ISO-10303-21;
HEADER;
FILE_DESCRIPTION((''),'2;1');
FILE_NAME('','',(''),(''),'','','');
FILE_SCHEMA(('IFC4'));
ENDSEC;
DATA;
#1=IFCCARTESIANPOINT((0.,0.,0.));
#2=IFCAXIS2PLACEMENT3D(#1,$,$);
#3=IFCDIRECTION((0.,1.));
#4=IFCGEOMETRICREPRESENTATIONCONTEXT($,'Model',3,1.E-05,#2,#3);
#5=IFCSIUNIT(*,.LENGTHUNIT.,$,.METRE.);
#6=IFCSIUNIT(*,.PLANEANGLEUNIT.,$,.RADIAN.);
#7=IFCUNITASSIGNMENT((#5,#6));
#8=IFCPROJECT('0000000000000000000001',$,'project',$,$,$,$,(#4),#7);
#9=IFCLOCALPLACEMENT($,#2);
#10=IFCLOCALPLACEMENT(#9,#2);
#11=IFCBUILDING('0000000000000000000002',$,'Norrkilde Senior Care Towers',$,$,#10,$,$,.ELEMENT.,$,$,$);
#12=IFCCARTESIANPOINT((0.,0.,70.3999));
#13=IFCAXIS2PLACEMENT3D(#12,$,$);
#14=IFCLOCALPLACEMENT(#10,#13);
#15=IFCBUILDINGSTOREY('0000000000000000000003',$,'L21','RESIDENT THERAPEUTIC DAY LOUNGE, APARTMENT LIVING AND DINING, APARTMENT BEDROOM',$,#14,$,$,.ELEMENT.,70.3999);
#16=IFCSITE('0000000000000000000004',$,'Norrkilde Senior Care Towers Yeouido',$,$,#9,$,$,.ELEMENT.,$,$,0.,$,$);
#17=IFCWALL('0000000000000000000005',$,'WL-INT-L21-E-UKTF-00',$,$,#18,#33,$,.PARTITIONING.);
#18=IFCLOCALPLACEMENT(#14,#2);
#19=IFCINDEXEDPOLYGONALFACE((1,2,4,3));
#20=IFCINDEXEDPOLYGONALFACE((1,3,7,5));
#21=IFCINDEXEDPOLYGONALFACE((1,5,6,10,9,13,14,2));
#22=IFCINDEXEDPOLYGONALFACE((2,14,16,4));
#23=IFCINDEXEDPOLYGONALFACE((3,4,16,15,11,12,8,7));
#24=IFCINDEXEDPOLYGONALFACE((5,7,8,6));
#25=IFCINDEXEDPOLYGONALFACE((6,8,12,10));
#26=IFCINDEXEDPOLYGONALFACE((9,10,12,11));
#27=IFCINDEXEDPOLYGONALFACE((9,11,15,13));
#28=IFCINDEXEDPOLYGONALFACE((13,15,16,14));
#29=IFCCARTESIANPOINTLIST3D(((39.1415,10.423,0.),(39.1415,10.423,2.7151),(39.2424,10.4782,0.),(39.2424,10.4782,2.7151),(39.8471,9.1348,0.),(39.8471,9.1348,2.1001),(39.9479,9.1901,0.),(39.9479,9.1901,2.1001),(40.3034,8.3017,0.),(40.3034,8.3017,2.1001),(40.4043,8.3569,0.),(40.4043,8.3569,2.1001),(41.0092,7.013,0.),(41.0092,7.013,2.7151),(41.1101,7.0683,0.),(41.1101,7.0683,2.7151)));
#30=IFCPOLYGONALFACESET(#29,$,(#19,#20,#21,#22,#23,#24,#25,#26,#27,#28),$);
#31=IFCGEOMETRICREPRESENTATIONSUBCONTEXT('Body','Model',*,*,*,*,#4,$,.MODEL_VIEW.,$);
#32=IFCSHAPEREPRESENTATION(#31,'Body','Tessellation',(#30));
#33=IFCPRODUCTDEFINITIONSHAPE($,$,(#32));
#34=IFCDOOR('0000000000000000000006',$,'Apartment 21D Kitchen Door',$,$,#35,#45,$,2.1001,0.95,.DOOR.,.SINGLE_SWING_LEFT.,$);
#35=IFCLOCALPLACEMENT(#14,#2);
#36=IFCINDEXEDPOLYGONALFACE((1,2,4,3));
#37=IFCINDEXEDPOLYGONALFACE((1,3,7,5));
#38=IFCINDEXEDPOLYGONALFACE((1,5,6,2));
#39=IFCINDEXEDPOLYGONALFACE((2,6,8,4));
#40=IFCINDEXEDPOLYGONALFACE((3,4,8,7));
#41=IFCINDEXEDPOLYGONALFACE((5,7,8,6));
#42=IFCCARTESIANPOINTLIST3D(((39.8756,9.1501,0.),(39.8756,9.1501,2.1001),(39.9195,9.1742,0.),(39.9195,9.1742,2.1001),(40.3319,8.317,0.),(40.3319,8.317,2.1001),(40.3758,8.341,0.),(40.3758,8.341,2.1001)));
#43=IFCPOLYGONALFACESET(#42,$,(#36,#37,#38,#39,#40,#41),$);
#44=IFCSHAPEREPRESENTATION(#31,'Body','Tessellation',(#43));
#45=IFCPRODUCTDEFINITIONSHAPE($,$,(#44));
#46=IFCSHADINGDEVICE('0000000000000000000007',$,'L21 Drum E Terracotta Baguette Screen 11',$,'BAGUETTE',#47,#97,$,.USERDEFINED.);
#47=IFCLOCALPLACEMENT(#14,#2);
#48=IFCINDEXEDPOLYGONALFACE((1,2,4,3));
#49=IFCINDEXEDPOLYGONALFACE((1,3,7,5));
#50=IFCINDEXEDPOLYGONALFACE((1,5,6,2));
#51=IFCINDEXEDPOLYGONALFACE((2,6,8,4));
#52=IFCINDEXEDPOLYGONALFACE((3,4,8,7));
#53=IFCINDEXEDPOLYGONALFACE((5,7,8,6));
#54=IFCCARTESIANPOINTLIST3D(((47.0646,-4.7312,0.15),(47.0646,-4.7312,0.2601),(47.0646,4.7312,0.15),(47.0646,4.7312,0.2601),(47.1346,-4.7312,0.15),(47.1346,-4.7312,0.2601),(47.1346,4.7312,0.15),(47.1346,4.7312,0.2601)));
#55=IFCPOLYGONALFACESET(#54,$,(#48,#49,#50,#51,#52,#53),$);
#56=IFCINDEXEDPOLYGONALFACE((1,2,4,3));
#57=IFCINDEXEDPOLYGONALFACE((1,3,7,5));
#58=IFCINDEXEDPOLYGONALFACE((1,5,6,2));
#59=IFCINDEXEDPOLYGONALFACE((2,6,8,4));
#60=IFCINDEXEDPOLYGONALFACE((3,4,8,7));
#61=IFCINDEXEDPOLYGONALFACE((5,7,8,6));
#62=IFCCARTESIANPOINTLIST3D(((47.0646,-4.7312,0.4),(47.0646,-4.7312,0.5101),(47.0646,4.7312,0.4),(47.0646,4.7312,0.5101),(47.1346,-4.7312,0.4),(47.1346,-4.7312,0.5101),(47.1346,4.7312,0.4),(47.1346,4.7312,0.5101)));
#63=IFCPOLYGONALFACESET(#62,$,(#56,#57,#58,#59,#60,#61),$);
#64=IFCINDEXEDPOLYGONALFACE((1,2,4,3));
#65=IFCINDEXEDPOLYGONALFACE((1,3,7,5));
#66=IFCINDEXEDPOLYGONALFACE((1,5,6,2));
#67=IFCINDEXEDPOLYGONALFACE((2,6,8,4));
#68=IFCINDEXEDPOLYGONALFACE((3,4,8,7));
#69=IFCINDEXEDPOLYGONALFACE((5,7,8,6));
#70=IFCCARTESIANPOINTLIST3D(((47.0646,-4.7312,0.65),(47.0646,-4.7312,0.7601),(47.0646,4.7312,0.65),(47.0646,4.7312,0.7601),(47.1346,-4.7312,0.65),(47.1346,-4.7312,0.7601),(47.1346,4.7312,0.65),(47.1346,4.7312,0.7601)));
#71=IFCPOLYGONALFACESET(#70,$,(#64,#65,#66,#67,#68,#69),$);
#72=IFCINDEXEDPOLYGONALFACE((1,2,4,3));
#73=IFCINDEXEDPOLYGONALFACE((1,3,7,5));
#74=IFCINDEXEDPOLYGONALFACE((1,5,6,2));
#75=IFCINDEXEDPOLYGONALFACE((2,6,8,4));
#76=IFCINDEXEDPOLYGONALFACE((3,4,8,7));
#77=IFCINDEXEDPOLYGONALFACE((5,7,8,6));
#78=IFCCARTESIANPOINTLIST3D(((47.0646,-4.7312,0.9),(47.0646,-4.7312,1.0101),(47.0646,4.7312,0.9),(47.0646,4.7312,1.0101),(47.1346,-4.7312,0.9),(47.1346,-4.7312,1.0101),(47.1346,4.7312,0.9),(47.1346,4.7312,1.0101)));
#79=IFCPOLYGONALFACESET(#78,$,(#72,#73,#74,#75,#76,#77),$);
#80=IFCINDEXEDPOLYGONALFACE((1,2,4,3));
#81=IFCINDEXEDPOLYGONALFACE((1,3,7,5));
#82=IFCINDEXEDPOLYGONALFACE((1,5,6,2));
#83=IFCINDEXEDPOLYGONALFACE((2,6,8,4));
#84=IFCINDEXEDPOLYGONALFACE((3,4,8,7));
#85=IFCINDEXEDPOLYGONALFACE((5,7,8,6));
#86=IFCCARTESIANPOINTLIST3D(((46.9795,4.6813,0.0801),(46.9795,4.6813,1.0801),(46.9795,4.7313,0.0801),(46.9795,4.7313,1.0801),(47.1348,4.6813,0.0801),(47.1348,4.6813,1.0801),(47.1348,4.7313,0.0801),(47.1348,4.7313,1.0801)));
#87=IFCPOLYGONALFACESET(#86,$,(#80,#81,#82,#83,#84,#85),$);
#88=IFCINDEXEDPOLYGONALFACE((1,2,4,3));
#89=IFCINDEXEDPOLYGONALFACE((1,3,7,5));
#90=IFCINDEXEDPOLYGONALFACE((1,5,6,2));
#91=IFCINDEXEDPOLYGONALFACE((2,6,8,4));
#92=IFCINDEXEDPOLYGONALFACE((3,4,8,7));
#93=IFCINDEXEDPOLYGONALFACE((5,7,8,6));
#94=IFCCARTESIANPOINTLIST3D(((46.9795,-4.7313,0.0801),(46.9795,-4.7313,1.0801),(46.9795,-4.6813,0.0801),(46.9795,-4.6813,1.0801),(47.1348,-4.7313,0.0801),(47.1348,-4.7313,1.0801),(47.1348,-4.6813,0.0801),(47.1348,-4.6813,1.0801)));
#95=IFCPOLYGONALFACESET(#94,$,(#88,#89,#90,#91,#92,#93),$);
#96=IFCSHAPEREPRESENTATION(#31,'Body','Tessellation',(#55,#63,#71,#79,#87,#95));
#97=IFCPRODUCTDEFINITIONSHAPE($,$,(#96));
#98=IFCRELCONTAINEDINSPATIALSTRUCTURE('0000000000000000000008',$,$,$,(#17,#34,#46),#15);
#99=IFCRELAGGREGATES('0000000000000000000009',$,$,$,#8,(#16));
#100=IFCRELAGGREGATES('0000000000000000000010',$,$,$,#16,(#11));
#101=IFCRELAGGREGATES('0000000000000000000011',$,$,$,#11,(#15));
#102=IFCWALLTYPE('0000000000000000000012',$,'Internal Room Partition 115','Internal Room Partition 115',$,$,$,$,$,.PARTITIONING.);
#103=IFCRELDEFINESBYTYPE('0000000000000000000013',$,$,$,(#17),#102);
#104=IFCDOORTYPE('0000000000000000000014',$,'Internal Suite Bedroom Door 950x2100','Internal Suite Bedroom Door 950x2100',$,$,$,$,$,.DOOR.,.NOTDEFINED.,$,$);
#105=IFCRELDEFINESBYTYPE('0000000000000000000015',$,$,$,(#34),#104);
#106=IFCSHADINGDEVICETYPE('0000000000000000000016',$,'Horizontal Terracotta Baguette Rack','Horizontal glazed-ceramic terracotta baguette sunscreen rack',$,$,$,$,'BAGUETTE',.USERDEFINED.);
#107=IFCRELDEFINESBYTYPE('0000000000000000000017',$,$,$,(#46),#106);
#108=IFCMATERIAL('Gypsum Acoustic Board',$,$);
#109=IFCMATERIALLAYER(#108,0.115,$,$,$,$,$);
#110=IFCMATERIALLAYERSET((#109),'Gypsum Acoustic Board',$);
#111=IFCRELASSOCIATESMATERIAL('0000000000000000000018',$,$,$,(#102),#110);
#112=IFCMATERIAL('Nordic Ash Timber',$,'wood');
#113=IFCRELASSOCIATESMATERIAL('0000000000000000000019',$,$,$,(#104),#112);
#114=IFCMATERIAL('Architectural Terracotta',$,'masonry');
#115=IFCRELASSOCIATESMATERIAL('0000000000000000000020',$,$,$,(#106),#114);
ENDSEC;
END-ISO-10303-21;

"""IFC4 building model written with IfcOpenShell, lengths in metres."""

from ifc_helpers import new_model, si_unit, direction, frame, frame_2d, origin, origin_2d, place, context, subcontext, project, spatial, rectangle, extrude, source, transform, mapped, material, layer, layer_set, type_object, type_shapes, element, fill, save


model = new_model("IFC4")

# Units and contexts
model_context = context("Model", 3, precision=1e-05, world=origin(), true_north=direction((0.0, 1.0)))
body_context = subcontext(model_context, "Body", "Model", "MODEL_VIEW")
ifc_project = project(units=[si_unit("LENGTHUNIT", "METRE"), si_unit("PLANEANGLEUNIT", "RADIAN")], contexts=[model_context])

# Site, building, storey
site_placement = place(None, origin())
site = spatial("IfcSite", under=ifc_project, at=site_placement, Name="Norrkilde Senior Care Towers Yeouido", CompositionType="ELEMENT", RefElevation=0.0)
building_placement = place(site_placement, origin())
building = spatial("IfcBuilding", under=site, at=building_placement, Name="Norrkilde Senior Care Towers", CompositionType="ELEMENT")
storey_placement = place(building_placement, frame((0.0, 0.0, 70.3999)))
storey = spatial("IfcBuildingStorey", under=building, at=storey_placement, Name="L21", Description="RESIDENT THERAPEUTIC DAY LOUNGE, APARTMENT LIVING AND DINING, APARTMENT BEDROOM", CompositionType="ELEMENT", Elevation=70.3999)

# Shared definitions
ifc_material_1 = material(Name="Gypsum Acoustic Board")

# Shared definitions
ifc_layer_1 = layer(ifc_material_1, 0.115)
ifc_layer_set_1 = layer_set([ifc_layer_1], Name="Gypsum Acoustic Board")
wall_type_1 = type_object("IfcWallType", Name="Internal Room Partition 115", Description="Internal Room Partition 115", PredefinedType="PARTITIONING", material=ifc_layer_set_1)
ifc_material_2 = material(Name="Nordic Ash Timber", Category="wood")
door_type_1 = type_object("IfcDoorType", Name="Internal Suite Bedroom Door 950x2100", Description="Internal Suite Bedroom Door 950x2100", OperationType="NOTDEFINED", PredefinedType="DOOR", material=ifc_material_2)
shared_shape_1 = source(origin(), body_context, "Body", "SweptSolid", [
    extrude(rectangle(XDim=0.95, YDim=2.1001, at=frame_2d((0.4751, 1.05))), frame((0.0, 0.0249, 0.0), z_axis=(0.0, -1.0, 0.0), x_axis=(1.0, 0.0, 0.0)), (0.0, 0.0, 1.0), 0.05),
])
type_shapes(door_type_1, [shared_shape_1])

# Wall, opening, door
shared_shape_2 = source(origin(), body_context, "Body", "SweptSolid", [
    extrude(rectangle(XDim=3.8879, YDim=0.115, at=frame_2d((1.9438, 0.0))), origin(), (0.0, 0.0, 1.0), 2.7151),
])
wall_1_placement = place(storey_placement, frame((41.0596, 7.0408, 0.0), z_axis=(0.0, 0.0, 1.0), x_axis=(-0.480382, 0.877059, 0.0)))
wall_1 = element("IfcWall", 1, at=wall_1_placement, inside=storey, type_object=wall_type_1, Name="WL-INT-L21-E-UKTF-00", PredefinedType="PARTITIONING", context=body_context, shape_type="MappedRepresentation", body=[
    mapped(shared_shape_2, transform((0.0, 0.0, 0.0), x_axis=(1.0, 0.0, 0.0), y_axis=(0.0, 1.0, 0.0), z_axis=(0.0, 0.0, 1.0), scale=1.0)),
])
opening_1_placement = place(wall_1_placement, frame((1.469, 0.0, 0.0)))
opening_1 = element("IfcOpeningElement", 2, at=opening_1_placement, cuts=wall_1, PredefinedType="OPENING", context=body_context, shape_type="SweptSolid", body=[
    extrude(rectangle(XDim=0.95, YDim=2.1001, at=frame_2d((0.4751, 1.05))), frame((0.0, 0.0674, 0.0), z_axis=(0.0, -1.0, 0.0), x_axis=(1.0, 0.0, 0.0)), (0.0, 0.0, 1.0), 0.135),
])
door_1_placement = place(opening_1_placement, frame((0.95, 0.0, 0.0), z_axis=(0.0, 0.0, 1.0), x_axis=(-1.0, 0.0, 0.0)))
door_1 = element("IfcDoor", 3, at=door_1_placement, inside=storey, type_object=door_type_1, Name="Apartment 21D Kitchen Door", OperationType="SINGLE_SWING_LEFT", OverallHeight=2.1001, OverallWidth=0.95, PredefinedType="DOOR", context=body_context, shape_type="MappedRepresentation", body=[
    mapped(shared_shape_1, transform((0.0, 0.0, 0.0), x_axis=(1.0, 0.0, 0.0), y_axis=(0.0, 1.0, 0.0), z_axis=(0.0, 0.0, 1.0), scale=1.0)),
])
fill(opening_1, door_1)

# Shading device
ifc_material_3 = material(Name="Architectural Terracotta", Category="masonry")
shading_device_type = type_object("IfcShadingDeviceType", Name="Horizontal Terracotta Baguette Rack", Description="Horizontal glazed-ceramic terracotta baguette sunscreen rack", ElementType="BAGUETTE", PredefinedType="USERDEFINED", material=ifc_material_3)
shared_shape_3 = source(origin(), body_context, "Body", "SweptSolid", [
    extrude(rectangle(XDim=0.0701, YDim=0.1101, at=origin_2d()), frame((0.0, 0.0901, 0.125), z_axis=(1.0, 0.0, 0.0), x_axis=(0.0, 1.0, 0.0)), (0.0, 0.0, 1.0), 9.4624),
    extrude(rectangle(XDim=0.0701, YDim=0.1101, at=origin_2d()), frame((0.0, 0.0901, 0.375), z_axis=(1.0, 0.0, 0.0), x_axis=(0.0, 1.0, 0.0)), (0.0, 0.0, 1.0), 9.4624),
    extrude(rectangle(XDim=0.0701, YDim=0.1101, at=origin_2d()), frame((0.0, 0.0901, 0.625), z_axis=(1.0, 0.0, 0.0), x_axis=(0.0, 1.0, 0.0)), (0.0, 0.0, 1.0), 9.4624),
    extrude(rectangle(XDim=0.0701, YDim=0.1101, at=origin_2d()), frame((0.0, 0.0901, 0.875), z_axis=(1.0, 0.0, 0.0), x_axis=(0.0, 1.0, 0.0)), (0.0, 0.0, 1.0), 9.4624),
    extrude(rectangle(XDim=0.05, YDim=0.1553, at=origin_2d()), frame((0.0249, 0.0476, 0.0)), (0.0, 0.0, 1.0), 1.0),
    extrude(rectangle(XDim=0.05, YDim=0.1553, at=origin_2d()), frame((9.4375, 0.0476, 0.0)), (0.0, 0.0, 1.0), 1.0),
])
type_shapes(shading_device_type, [shared_shape_3])
shading_device_placement = place(storey_placement, frame((47.0095, 4.7312, 0.0801), z_axis=(0.0, 0.0, 1.0), x_axis=(0.0, -1.0, 0.0)))
element("IfcShadingDevice", 4, at=shading_device_placement, inside=storey, type_object=shading_device_type, Name="L21 Drum E Terracotta Baguette Screen 11", ObjectType="BAGUETTE", PredefinedType="USERDEFINED", context=body_context, shape_type="MappedRepresentation", body=[
    mapped(shared_shape_3, transform((0.0, 0.0, 0.0), x_axis=(1.0, 0.0, 0.0), y_axis=(0.0, 1.0, 0.0), z_axis=(0.0, 0.0, 1.0), scale=1.0)),
])

save(model, "model.ifc")
